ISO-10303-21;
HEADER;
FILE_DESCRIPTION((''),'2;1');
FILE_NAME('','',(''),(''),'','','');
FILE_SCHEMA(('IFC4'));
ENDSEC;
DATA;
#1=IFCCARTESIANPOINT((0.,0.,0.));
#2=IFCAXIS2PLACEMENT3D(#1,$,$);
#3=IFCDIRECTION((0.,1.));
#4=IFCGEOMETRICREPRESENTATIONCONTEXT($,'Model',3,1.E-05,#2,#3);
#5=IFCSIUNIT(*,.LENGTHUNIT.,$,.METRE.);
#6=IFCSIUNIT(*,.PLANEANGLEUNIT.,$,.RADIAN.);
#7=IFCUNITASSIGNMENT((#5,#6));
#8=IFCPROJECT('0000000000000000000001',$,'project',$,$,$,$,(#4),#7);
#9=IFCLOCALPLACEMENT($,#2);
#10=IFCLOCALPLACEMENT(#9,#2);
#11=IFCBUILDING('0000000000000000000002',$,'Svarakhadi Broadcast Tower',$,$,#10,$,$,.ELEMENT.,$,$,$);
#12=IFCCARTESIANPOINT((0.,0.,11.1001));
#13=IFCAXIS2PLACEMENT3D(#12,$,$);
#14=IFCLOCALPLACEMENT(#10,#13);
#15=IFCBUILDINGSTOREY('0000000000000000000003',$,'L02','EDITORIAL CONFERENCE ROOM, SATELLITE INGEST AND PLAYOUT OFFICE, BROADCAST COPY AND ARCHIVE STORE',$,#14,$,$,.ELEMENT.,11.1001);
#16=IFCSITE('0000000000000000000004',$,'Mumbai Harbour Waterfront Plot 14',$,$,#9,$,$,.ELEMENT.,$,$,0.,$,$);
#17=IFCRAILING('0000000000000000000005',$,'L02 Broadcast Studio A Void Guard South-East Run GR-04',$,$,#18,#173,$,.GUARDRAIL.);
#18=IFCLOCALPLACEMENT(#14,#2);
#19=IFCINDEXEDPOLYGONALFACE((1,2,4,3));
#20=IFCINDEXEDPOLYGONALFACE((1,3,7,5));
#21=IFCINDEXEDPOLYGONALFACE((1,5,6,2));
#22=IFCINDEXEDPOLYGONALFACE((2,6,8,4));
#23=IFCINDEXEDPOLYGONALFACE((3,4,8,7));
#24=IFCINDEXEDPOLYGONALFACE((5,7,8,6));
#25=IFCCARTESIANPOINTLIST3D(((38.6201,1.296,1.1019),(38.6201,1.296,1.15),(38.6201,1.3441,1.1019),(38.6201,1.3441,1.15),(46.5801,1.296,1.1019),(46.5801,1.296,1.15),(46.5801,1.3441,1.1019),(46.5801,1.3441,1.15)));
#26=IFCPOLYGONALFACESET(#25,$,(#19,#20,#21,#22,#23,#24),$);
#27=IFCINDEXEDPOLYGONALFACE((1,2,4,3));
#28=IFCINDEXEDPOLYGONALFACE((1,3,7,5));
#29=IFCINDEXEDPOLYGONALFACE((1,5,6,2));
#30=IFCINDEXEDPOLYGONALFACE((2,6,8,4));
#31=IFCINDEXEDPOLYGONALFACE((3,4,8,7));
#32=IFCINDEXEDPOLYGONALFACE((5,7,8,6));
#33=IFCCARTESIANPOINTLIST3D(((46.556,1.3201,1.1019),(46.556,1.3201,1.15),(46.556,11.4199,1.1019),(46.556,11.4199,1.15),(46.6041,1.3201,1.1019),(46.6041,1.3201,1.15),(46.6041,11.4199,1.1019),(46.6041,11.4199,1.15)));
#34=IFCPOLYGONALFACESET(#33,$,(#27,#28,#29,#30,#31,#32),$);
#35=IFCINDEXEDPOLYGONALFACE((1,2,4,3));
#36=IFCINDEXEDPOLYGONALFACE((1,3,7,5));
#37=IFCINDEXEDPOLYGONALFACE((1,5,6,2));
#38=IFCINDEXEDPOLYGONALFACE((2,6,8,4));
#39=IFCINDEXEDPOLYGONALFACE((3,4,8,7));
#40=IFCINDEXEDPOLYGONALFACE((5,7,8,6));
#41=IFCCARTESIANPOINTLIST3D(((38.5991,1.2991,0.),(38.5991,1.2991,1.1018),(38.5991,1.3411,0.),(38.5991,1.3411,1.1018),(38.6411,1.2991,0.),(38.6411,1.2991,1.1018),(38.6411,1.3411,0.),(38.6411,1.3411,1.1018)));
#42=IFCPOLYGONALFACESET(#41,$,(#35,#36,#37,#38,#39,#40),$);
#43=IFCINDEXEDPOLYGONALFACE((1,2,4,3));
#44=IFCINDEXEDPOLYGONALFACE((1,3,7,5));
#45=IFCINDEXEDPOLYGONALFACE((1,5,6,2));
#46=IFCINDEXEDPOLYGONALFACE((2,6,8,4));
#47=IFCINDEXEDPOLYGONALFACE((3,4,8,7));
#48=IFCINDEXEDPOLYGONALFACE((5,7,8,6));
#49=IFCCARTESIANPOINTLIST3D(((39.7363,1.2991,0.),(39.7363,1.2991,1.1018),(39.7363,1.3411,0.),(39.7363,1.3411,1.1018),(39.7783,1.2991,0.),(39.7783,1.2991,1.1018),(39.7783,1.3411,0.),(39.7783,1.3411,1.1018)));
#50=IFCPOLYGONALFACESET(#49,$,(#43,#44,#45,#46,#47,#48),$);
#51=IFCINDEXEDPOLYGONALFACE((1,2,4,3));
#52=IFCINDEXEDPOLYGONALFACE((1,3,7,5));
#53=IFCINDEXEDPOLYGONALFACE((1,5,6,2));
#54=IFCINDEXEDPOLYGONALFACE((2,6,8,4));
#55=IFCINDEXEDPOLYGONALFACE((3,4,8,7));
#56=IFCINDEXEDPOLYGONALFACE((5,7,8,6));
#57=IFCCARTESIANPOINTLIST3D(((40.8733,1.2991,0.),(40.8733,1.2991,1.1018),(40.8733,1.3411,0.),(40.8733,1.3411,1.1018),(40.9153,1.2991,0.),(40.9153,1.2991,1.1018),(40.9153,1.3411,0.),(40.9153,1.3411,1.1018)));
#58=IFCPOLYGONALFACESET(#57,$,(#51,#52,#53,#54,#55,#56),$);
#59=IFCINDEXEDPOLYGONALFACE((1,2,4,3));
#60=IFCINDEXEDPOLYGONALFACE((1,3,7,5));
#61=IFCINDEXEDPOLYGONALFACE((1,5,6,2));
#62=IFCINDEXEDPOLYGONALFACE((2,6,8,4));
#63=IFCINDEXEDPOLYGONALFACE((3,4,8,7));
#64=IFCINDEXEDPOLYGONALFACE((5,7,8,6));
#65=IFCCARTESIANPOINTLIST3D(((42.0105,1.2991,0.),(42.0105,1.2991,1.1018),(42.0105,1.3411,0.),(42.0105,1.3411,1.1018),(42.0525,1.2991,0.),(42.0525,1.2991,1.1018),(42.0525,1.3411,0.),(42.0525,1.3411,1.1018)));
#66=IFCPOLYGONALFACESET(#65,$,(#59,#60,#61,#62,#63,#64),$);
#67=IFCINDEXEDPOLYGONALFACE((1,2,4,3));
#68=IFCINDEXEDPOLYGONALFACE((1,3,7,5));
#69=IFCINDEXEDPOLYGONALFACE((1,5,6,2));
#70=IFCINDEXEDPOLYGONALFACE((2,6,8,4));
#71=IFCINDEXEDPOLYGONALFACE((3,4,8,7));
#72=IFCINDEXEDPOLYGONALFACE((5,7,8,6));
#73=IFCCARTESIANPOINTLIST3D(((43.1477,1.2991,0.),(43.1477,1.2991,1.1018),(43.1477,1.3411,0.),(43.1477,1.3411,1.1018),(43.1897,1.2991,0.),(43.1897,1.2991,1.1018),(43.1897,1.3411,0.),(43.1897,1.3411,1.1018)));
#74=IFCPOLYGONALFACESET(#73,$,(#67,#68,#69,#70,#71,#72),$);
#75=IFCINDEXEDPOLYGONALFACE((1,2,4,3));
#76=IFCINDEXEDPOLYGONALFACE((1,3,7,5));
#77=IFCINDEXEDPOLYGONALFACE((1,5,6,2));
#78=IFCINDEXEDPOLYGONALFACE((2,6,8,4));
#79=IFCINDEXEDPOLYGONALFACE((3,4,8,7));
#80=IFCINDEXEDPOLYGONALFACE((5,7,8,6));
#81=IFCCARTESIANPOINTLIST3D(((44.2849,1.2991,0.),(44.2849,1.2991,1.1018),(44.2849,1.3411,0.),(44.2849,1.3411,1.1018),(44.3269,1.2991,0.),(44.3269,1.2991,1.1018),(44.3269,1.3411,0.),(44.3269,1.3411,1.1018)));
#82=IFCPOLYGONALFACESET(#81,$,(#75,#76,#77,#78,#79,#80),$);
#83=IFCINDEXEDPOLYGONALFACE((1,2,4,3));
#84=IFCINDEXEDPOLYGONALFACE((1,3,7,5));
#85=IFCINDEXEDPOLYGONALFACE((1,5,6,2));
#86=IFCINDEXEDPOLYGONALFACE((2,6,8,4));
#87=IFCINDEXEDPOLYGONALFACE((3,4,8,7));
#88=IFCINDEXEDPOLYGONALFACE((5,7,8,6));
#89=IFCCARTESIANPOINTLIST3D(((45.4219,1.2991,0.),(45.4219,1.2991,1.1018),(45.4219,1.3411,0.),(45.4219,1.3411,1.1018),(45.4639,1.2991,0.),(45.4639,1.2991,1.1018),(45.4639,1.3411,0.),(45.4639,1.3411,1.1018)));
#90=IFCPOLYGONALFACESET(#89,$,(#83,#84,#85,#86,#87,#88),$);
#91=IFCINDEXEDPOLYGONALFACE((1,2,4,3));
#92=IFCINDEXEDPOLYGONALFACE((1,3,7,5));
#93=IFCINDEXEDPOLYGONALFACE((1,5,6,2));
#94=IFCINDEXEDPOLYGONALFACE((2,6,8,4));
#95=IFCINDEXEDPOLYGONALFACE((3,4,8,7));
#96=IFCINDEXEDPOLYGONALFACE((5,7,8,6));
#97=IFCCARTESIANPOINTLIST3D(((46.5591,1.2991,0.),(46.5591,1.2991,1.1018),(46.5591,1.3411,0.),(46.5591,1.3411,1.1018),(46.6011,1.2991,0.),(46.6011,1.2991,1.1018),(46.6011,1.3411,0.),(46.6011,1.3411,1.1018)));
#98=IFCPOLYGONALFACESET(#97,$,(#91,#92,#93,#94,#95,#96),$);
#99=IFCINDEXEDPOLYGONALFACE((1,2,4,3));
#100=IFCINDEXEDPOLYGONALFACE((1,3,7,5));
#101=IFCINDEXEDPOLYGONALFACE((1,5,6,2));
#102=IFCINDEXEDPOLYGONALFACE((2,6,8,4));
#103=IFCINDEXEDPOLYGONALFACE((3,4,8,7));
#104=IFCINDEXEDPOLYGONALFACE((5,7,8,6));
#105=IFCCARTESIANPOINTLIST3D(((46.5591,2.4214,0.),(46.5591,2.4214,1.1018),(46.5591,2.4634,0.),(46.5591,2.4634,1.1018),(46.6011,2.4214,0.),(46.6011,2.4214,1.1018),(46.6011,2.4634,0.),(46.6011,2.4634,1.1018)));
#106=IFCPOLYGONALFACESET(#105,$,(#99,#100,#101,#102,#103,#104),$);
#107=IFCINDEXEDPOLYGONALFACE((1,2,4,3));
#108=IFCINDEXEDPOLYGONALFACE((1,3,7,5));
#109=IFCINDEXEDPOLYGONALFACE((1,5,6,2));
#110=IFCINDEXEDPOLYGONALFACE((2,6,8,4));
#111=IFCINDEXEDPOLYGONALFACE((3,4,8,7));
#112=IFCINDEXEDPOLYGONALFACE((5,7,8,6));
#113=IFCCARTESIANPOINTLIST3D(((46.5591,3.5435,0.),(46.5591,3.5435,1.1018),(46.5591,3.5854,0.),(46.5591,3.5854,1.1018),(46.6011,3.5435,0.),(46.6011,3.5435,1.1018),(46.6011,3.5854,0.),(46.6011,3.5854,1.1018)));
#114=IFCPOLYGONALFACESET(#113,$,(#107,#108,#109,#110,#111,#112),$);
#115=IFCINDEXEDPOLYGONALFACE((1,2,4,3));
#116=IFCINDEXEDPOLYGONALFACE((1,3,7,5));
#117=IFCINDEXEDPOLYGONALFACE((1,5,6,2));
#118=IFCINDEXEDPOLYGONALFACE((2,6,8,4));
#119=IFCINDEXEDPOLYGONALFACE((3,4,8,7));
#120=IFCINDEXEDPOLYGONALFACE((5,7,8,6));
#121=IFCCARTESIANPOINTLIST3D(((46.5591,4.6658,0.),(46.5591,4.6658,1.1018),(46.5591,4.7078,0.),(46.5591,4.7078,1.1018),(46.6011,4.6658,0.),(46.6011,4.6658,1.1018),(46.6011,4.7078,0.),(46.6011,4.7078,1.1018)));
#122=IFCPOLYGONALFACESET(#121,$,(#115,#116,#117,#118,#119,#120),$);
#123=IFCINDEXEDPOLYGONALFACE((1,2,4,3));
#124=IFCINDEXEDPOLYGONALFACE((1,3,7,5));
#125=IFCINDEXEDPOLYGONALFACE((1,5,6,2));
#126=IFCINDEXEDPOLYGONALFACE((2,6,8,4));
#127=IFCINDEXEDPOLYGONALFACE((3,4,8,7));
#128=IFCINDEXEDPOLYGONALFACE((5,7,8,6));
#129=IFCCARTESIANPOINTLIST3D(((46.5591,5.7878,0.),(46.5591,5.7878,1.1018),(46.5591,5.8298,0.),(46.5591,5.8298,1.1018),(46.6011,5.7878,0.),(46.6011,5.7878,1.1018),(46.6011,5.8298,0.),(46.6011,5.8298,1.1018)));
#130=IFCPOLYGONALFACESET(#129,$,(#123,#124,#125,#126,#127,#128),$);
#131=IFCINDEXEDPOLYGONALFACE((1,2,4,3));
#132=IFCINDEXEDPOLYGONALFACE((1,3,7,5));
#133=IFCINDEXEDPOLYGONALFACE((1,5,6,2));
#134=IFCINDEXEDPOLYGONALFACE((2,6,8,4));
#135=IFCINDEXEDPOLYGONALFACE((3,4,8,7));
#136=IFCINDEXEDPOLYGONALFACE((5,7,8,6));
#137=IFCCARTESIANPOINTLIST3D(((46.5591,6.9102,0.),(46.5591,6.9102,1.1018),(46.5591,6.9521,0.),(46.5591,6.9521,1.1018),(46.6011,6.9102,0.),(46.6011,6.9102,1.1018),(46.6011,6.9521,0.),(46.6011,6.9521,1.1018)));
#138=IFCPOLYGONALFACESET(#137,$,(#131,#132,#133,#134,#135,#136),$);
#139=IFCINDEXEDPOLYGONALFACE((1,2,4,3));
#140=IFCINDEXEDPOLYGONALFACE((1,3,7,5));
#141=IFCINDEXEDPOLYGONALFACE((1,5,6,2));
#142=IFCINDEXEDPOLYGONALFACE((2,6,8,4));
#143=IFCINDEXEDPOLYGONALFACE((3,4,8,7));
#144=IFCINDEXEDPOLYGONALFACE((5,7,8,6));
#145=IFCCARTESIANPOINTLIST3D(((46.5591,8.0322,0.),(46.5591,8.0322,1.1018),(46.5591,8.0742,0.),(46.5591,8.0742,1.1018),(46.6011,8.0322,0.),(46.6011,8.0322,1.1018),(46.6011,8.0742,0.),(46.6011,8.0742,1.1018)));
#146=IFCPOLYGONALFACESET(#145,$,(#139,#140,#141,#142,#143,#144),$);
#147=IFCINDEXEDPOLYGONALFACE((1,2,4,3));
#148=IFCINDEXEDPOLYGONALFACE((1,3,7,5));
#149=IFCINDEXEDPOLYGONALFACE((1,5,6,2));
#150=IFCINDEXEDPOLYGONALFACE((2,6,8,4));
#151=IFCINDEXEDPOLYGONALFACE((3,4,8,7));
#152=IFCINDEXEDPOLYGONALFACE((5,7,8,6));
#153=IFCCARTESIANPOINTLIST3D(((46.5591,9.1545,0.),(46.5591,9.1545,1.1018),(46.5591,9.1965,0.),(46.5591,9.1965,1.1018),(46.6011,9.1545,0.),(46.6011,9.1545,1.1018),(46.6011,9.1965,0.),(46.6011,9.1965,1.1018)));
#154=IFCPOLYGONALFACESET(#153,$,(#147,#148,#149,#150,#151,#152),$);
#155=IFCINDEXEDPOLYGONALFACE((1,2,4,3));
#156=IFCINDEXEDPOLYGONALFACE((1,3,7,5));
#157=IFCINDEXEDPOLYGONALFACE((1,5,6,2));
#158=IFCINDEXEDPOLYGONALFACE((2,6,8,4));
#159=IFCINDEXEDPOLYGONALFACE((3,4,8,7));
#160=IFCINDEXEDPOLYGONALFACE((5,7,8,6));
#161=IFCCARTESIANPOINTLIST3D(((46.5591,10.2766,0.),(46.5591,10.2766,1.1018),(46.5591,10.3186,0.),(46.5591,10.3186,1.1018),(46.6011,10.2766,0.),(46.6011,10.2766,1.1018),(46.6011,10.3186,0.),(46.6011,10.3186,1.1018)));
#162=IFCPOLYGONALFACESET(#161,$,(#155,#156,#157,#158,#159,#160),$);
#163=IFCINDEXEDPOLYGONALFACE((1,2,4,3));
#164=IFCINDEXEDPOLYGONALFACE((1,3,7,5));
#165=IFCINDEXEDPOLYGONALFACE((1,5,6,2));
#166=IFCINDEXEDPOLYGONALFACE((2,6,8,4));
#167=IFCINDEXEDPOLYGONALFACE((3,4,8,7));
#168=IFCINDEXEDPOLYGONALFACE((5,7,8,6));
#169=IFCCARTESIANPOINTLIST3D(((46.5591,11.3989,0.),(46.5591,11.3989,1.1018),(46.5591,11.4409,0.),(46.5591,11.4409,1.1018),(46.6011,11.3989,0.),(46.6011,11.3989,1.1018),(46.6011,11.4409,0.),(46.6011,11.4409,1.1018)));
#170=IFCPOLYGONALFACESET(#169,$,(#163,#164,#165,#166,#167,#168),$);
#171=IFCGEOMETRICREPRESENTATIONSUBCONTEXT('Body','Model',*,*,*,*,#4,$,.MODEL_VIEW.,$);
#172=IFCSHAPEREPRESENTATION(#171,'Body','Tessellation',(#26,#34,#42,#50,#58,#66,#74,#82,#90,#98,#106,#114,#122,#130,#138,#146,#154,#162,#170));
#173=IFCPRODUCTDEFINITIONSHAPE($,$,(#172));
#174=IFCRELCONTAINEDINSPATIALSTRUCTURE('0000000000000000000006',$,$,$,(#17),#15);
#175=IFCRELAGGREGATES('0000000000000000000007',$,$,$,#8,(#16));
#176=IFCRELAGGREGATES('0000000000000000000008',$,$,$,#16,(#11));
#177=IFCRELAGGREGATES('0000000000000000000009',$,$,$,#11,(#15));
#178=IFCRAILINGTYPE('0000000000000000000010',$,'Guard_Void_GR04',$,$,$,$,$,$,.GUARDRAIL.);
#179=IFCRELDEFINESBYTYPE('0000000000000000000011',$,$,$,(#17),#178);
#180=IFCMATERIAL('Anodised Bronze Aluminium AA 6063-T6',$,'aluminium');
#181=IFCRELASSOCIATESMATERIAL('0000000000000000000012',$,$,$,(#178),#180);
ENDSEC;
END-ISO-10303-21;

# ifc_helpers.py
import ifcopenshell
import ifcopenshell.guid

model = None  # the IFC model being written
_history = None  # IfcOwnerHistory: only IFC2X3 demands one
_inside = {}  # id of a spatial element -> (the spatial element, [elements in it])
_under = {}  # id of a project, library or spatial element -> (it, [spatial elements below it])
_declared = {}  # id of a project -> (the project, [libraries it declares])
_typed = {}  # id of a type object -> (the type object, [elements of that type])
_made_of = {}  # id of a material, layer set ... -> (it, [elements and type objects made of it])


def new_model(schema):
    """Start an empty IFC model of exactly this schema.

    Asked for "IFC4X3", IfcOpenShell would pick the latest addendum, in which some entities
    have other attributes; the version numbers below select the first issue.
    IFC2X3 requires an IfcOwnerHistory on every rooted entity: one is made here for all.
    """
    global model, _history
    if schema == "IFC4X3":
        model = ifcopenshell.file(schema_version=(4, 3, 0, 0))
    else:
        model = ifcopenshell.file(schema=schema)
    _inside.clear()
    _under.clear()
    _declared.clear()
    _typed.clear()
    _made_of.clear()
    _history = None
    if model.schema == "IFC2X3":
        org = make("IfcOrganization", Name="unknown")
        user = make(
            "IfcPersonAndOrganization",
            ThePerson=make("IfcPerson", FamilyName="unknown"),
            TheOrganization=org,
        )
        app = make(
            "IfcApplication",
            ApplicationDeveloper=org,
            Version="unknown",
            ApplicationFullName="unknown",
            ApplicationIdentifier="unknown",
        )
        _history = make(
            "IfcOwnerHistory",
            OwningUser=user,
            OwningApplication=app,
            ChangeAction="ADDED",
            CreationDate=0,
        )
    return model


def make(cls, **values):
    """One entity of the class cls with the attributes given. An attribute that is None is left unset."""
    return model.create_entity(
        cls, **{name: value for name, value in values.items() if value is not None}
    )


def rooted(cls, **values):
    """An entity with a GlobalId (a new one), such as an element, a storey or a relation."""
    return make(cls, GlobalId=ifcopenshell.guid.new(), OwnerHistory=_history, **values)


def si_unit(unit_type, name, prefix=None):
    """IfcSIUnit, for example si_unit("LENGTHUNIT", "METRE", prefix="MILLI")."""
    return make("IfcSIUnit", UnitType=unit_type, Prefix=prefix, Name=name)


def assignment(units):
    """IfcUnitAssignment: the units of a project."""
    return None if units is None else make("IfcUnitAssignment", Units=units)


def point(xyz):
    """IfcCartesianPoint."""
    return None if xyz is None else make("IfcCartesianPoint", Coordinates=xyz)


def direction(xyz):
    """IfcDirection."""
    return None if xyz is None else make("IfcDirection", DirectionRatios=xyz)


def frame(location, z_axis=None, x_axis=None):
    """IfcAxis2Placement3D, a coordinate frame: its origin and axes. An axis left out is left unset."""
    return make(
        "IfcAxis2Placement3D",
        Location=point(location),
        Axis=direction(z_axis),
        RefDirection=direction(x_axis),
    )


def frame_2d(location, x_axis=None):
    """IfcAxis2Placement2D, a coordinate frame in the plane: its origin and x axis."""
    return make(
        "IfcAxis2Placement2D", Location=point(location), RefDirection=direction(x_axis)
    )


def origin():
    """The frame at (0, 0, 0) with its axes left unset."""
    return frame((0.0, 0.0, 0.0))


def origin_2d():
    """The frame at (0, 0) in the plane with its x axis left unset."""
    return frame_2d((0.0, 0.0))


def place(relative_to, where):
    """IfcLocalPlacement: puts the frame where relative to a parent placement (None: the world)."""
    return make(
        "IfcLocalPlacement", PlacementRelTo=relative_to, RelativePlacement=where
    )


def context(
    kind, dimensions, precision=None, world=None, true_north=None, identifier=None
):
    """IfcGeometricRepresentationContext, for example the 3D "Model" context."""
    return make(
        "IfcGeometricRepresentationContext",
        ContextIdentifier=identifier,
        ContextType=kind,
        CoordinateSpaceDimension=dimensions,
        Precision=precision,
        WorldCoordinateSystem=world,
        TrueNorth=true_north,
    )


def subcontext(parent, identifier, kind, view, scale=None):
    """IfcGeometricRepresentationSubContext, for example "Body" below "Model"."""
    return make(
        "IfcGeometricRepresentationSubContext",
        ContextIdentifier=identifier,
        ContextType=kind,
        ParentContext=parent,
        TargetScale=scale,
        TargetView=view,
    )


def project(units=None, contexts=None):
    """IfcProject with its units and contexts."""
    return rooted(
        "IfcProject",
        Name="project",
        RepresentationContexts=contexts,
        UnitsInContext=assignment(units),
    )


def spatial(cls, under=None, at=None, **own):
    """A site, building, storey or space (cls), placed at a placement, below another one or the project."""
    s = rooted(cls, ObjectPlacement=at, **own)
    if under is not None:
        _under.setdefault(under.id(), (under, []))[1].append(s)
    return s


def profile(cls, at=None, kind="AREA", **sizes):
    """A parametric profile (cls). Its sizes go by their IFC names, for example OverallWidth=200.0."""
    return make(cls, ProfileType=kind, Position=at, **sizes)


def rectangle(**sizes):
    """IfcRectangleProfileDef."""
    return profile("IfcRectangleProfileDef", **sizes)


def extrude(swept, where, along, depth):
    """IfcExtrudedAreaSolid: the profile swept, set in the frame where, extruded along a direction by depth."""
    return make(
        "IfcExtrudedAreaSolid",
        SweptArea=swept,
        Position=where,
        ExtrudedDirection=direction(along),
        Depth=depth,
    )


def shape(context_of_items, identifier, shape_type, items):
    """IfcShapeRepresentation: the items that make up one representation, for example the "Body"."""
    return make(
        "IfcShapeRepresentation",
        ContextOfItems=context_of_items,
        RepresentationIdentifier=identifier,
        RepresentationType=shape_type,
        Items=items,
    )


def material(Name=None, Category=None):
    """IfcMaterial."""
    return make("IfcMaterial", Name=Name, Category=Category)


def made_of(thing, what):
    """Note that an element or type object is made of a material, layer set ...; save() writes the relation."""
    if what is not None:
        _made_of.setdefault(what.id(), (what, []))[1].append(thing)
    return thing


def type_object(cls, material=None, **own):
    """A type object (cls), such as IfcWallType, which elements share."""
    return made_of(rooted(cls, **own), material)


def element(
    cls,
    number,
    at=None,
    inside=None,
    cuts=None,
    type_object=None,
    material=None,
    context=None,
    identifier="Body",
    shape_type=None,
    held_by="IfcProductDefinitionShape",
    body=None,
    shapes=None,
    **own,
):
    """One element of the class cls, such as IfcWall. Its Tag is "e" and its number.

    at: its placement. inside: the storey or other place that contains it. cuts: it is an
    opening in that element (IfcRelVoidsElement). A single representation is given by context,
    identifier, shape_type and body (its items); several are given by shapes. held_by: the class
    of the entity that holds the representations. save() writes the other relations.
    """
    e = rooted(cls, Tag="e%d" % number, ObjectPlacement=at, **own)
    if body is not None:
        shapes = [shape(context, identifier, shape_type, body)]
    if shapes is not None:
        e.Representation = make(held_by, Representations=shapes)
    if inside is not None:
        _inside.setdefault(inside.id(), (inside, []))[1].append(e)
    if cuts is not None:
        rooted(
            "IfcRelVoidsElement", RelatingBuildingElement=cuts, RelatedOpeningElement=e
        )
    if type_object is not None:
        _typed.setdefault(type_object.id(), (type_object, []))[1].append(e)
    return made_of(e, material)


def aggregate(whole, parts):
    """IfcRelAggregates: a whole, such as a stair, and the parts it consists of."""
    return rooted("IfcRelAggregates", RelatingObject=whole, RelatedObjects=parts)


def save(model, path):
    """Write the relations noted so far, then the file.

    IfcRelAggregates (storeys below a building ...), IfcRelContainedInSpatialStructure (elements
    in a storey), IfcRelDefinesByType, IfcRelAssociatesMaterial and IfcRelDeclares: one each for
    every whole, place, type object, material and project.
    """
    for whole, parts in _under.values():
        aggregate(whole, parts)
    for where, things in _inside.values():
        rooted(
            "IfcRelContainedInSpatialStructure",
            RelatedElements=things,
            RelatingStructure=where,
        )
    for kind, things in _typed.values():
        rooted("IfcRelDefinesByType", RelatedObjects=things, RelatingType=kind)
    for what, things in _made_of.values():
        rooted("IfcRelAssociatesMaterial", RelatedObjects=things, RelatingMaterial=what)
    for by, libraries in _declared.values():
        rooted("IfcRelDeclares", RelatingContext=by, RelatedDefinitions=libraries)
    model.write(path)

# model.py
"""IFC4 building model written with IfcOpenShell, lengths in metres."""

from ifc_helpers import new_model, si_unit, direction, frame, origin, origin_2d, place, context, subcontext, project, spatial, rectangle, extrude, material, type_object, element, save


model = new_model("IFC4")

# Units and contexts
model_context = context("Model", 3, precision=1e-05, world=origin(), true_north=direction((0.0, 1.0)))
body_context = subcontext(model_context, "Body", "Model", "MODEL_VIEW")
ifc_project = project(units=[si_unit("LENGTHUNIT", "METRE"), si_unit("PLANEANGLEUNIT", "RADIAN")], contexts=[model_context])

# Site, building, storey
site_placement = place(None, origin())
site = spatial("IfcSite", under=ifc_project, at=site_placement, Name="Mumbai Harbour Waterfront Plot 14", CompositionType="ELEMENT", RefElevation=0.0)
building_placement = place(site_placement, origin())
building = spatial("IfcBuilding", under=site, at=building_placement, Name="Svarakhadi Broadcast Tower", CompositionType="ELEMENT")
storey_placement = place(building_placement, frame((0.0, 0.0, 11.1001)))
storey = spatial("IfcBuildingStorey", under=building, at=storey_placement, Name="L02", Description="EDITORIAL CONFERENCE ROOM, SATELLITE INGEST AND PLAYOUT OFFICE, BROADCAST COPY AND ARCHIVE STORE", CompositionType="ELEMENT", Elevation=11.1001)

# Shared definitions
ifc_material_1 = material(Name="Anodised Bronze Aluminium AA 6063-T6", Category="aluminium")

# Railing
railing_type = type_object("IfcRailingType", Name="Guard_Void_GR04", PredefinedType="GUARDRAIL", material=ifc_material_1)
railing_placement = place(storey_placement, frame((38.6201, 1.3201, 0.0)))
element("IfcRailing", 1, at=railing_placement, inside=storey, type_object=railing_type, Name="L02 Broadcast Studio A Void Guard South-East Run GR-04", PredefinedType="GUARDRAIL", context=body_context, shape_type="SweptSolid", body=[
    extrude(rectangle(XDim=0.0481, YDim=0.0481, at=origin_2d()), frame((0.0, 0.0, 1.126), z_axis=(1.0, 0.0, 0.0), x_axis=(0.0, 1.0, 0.0)), (0.0, 0.0, 1.0), 7.96),
    extrude(rectangle(XDim=0.0481, YDim=0.0481, at=origin_2d()), frame((7.96, 0.0, 1.126), z_axis=(0.0, 1.0, 0.0), x_axis=(-1.0, 0.0, 0.0)), (0.0, 0.0, 1.0), 10.0999),
    extrude(rectangle(XDim=0.042, YDim=0.042, at=origin_2d()), origin(), (0.0, 0.0, 1.0), 1.1018),
    extrude(rectangle(XDim=0.042, YDim=0.042, at=origin_2d()), frame((1.1372, 0.0, 0.0)), (0.0, 0.0, 1.0), 1.1018),
    extrude(rectangle(XDim=0.042, YDim=0.042, at=origin_2d()), frame((2.2742, 0.0, 0.0)), (0.0, 0.0, 1.0), 1.1018),
    extrude(rectangle(XDim=0.042, YDim=0.042, at=origin_2d()), frame((3.4114, 0.0, 0.0)), (0.0, 0.0, 1.0), 1.1018),
    extrude(rectangle(XDim=0.042, YDim=0.042, at=origin_2d()), frame((4.5486, 0.0, 0.0)), (0.0, 0.0, 1.0), 1.1018),
    extrude(rectangle(XDim=0.042, YDim=0.042, at=origin_2d()), frame((5.6858, 0.0, 0.0)), (0.0, 0.0, 1.0), 1.1018),
    extrude(rectangle(XDim=0.042, YDim=0.042, at=origin_2d()), frame((6.8228, 0.0, 0.0)), (0.0, 0.0, 1.0), 1.1018),
    extrude(rectangle(XDim=0.042, YDim=0.042, at=origin_2d()), frame((7.96, 0.0, 0.0)), (0.0, 0.0, 1.0), 1.1018),
    extrude(rectangle(XDim=0.042, YDim=0.042, at=origin_2d()), frame((7.96, 1.1223, 0.0)), (0.0, 0.0, 1.0), 1.1018),
    extrude(rectangle(XDim=0.042, YDim=0.042, at=origin_2d()), frame((7.96, 2.2444, 0.0)), (0.0, 0.0, 1.0), 1.1018),
    extrude(rectangle(XDim=0.042, YDim=0.042, at=origin_2d()), frame((7.96, 3.3667, 0.0)), (0.0, 0.0, 1.0), 1.1018),
    extrude(rectangle(XDim=0.042, YDim=0.042, at=origin_2d()), frame((7.96, 4.4888, 0.0)), (0.0, 0.0, 1.0), 1.1018),
    extrude(rectangle(XDim=0.042, YDim=0.042, at=origin_2d()), frame((7.96, 5.6111, 0.0)), (0.0, 0.0, 1.0), 1.1018),
    extrude(rectangle(XDim=0.042, YDim=0.042, at=origin_2d()), frame((7.96, 6.7332, 0.0)), (0.0, 0.0, 1.0), 1.1018),
    extrude(rectangle(XDim=0.042, YDim=0.042, at=origin_2d()), frame((7.96, 7.8555, 0.0)), (0.0, 0.0, 1.0), 1.1018),
    extrude(rectangle(XDim=0.042, YDim=0.042, at=origin_2d()), frame((7.96, 8.9775, 0.0)), (0.0, 0.0, 1.0), 1.1018),
    extrude(rectangle(XDim=0.042, YDim=0.042, at=origin_2d()), frame((7.96, 10.0999, 0.0)), (0.0, 0.0, 1.0), 1.1018),
])

save(model, "model.ifc")
